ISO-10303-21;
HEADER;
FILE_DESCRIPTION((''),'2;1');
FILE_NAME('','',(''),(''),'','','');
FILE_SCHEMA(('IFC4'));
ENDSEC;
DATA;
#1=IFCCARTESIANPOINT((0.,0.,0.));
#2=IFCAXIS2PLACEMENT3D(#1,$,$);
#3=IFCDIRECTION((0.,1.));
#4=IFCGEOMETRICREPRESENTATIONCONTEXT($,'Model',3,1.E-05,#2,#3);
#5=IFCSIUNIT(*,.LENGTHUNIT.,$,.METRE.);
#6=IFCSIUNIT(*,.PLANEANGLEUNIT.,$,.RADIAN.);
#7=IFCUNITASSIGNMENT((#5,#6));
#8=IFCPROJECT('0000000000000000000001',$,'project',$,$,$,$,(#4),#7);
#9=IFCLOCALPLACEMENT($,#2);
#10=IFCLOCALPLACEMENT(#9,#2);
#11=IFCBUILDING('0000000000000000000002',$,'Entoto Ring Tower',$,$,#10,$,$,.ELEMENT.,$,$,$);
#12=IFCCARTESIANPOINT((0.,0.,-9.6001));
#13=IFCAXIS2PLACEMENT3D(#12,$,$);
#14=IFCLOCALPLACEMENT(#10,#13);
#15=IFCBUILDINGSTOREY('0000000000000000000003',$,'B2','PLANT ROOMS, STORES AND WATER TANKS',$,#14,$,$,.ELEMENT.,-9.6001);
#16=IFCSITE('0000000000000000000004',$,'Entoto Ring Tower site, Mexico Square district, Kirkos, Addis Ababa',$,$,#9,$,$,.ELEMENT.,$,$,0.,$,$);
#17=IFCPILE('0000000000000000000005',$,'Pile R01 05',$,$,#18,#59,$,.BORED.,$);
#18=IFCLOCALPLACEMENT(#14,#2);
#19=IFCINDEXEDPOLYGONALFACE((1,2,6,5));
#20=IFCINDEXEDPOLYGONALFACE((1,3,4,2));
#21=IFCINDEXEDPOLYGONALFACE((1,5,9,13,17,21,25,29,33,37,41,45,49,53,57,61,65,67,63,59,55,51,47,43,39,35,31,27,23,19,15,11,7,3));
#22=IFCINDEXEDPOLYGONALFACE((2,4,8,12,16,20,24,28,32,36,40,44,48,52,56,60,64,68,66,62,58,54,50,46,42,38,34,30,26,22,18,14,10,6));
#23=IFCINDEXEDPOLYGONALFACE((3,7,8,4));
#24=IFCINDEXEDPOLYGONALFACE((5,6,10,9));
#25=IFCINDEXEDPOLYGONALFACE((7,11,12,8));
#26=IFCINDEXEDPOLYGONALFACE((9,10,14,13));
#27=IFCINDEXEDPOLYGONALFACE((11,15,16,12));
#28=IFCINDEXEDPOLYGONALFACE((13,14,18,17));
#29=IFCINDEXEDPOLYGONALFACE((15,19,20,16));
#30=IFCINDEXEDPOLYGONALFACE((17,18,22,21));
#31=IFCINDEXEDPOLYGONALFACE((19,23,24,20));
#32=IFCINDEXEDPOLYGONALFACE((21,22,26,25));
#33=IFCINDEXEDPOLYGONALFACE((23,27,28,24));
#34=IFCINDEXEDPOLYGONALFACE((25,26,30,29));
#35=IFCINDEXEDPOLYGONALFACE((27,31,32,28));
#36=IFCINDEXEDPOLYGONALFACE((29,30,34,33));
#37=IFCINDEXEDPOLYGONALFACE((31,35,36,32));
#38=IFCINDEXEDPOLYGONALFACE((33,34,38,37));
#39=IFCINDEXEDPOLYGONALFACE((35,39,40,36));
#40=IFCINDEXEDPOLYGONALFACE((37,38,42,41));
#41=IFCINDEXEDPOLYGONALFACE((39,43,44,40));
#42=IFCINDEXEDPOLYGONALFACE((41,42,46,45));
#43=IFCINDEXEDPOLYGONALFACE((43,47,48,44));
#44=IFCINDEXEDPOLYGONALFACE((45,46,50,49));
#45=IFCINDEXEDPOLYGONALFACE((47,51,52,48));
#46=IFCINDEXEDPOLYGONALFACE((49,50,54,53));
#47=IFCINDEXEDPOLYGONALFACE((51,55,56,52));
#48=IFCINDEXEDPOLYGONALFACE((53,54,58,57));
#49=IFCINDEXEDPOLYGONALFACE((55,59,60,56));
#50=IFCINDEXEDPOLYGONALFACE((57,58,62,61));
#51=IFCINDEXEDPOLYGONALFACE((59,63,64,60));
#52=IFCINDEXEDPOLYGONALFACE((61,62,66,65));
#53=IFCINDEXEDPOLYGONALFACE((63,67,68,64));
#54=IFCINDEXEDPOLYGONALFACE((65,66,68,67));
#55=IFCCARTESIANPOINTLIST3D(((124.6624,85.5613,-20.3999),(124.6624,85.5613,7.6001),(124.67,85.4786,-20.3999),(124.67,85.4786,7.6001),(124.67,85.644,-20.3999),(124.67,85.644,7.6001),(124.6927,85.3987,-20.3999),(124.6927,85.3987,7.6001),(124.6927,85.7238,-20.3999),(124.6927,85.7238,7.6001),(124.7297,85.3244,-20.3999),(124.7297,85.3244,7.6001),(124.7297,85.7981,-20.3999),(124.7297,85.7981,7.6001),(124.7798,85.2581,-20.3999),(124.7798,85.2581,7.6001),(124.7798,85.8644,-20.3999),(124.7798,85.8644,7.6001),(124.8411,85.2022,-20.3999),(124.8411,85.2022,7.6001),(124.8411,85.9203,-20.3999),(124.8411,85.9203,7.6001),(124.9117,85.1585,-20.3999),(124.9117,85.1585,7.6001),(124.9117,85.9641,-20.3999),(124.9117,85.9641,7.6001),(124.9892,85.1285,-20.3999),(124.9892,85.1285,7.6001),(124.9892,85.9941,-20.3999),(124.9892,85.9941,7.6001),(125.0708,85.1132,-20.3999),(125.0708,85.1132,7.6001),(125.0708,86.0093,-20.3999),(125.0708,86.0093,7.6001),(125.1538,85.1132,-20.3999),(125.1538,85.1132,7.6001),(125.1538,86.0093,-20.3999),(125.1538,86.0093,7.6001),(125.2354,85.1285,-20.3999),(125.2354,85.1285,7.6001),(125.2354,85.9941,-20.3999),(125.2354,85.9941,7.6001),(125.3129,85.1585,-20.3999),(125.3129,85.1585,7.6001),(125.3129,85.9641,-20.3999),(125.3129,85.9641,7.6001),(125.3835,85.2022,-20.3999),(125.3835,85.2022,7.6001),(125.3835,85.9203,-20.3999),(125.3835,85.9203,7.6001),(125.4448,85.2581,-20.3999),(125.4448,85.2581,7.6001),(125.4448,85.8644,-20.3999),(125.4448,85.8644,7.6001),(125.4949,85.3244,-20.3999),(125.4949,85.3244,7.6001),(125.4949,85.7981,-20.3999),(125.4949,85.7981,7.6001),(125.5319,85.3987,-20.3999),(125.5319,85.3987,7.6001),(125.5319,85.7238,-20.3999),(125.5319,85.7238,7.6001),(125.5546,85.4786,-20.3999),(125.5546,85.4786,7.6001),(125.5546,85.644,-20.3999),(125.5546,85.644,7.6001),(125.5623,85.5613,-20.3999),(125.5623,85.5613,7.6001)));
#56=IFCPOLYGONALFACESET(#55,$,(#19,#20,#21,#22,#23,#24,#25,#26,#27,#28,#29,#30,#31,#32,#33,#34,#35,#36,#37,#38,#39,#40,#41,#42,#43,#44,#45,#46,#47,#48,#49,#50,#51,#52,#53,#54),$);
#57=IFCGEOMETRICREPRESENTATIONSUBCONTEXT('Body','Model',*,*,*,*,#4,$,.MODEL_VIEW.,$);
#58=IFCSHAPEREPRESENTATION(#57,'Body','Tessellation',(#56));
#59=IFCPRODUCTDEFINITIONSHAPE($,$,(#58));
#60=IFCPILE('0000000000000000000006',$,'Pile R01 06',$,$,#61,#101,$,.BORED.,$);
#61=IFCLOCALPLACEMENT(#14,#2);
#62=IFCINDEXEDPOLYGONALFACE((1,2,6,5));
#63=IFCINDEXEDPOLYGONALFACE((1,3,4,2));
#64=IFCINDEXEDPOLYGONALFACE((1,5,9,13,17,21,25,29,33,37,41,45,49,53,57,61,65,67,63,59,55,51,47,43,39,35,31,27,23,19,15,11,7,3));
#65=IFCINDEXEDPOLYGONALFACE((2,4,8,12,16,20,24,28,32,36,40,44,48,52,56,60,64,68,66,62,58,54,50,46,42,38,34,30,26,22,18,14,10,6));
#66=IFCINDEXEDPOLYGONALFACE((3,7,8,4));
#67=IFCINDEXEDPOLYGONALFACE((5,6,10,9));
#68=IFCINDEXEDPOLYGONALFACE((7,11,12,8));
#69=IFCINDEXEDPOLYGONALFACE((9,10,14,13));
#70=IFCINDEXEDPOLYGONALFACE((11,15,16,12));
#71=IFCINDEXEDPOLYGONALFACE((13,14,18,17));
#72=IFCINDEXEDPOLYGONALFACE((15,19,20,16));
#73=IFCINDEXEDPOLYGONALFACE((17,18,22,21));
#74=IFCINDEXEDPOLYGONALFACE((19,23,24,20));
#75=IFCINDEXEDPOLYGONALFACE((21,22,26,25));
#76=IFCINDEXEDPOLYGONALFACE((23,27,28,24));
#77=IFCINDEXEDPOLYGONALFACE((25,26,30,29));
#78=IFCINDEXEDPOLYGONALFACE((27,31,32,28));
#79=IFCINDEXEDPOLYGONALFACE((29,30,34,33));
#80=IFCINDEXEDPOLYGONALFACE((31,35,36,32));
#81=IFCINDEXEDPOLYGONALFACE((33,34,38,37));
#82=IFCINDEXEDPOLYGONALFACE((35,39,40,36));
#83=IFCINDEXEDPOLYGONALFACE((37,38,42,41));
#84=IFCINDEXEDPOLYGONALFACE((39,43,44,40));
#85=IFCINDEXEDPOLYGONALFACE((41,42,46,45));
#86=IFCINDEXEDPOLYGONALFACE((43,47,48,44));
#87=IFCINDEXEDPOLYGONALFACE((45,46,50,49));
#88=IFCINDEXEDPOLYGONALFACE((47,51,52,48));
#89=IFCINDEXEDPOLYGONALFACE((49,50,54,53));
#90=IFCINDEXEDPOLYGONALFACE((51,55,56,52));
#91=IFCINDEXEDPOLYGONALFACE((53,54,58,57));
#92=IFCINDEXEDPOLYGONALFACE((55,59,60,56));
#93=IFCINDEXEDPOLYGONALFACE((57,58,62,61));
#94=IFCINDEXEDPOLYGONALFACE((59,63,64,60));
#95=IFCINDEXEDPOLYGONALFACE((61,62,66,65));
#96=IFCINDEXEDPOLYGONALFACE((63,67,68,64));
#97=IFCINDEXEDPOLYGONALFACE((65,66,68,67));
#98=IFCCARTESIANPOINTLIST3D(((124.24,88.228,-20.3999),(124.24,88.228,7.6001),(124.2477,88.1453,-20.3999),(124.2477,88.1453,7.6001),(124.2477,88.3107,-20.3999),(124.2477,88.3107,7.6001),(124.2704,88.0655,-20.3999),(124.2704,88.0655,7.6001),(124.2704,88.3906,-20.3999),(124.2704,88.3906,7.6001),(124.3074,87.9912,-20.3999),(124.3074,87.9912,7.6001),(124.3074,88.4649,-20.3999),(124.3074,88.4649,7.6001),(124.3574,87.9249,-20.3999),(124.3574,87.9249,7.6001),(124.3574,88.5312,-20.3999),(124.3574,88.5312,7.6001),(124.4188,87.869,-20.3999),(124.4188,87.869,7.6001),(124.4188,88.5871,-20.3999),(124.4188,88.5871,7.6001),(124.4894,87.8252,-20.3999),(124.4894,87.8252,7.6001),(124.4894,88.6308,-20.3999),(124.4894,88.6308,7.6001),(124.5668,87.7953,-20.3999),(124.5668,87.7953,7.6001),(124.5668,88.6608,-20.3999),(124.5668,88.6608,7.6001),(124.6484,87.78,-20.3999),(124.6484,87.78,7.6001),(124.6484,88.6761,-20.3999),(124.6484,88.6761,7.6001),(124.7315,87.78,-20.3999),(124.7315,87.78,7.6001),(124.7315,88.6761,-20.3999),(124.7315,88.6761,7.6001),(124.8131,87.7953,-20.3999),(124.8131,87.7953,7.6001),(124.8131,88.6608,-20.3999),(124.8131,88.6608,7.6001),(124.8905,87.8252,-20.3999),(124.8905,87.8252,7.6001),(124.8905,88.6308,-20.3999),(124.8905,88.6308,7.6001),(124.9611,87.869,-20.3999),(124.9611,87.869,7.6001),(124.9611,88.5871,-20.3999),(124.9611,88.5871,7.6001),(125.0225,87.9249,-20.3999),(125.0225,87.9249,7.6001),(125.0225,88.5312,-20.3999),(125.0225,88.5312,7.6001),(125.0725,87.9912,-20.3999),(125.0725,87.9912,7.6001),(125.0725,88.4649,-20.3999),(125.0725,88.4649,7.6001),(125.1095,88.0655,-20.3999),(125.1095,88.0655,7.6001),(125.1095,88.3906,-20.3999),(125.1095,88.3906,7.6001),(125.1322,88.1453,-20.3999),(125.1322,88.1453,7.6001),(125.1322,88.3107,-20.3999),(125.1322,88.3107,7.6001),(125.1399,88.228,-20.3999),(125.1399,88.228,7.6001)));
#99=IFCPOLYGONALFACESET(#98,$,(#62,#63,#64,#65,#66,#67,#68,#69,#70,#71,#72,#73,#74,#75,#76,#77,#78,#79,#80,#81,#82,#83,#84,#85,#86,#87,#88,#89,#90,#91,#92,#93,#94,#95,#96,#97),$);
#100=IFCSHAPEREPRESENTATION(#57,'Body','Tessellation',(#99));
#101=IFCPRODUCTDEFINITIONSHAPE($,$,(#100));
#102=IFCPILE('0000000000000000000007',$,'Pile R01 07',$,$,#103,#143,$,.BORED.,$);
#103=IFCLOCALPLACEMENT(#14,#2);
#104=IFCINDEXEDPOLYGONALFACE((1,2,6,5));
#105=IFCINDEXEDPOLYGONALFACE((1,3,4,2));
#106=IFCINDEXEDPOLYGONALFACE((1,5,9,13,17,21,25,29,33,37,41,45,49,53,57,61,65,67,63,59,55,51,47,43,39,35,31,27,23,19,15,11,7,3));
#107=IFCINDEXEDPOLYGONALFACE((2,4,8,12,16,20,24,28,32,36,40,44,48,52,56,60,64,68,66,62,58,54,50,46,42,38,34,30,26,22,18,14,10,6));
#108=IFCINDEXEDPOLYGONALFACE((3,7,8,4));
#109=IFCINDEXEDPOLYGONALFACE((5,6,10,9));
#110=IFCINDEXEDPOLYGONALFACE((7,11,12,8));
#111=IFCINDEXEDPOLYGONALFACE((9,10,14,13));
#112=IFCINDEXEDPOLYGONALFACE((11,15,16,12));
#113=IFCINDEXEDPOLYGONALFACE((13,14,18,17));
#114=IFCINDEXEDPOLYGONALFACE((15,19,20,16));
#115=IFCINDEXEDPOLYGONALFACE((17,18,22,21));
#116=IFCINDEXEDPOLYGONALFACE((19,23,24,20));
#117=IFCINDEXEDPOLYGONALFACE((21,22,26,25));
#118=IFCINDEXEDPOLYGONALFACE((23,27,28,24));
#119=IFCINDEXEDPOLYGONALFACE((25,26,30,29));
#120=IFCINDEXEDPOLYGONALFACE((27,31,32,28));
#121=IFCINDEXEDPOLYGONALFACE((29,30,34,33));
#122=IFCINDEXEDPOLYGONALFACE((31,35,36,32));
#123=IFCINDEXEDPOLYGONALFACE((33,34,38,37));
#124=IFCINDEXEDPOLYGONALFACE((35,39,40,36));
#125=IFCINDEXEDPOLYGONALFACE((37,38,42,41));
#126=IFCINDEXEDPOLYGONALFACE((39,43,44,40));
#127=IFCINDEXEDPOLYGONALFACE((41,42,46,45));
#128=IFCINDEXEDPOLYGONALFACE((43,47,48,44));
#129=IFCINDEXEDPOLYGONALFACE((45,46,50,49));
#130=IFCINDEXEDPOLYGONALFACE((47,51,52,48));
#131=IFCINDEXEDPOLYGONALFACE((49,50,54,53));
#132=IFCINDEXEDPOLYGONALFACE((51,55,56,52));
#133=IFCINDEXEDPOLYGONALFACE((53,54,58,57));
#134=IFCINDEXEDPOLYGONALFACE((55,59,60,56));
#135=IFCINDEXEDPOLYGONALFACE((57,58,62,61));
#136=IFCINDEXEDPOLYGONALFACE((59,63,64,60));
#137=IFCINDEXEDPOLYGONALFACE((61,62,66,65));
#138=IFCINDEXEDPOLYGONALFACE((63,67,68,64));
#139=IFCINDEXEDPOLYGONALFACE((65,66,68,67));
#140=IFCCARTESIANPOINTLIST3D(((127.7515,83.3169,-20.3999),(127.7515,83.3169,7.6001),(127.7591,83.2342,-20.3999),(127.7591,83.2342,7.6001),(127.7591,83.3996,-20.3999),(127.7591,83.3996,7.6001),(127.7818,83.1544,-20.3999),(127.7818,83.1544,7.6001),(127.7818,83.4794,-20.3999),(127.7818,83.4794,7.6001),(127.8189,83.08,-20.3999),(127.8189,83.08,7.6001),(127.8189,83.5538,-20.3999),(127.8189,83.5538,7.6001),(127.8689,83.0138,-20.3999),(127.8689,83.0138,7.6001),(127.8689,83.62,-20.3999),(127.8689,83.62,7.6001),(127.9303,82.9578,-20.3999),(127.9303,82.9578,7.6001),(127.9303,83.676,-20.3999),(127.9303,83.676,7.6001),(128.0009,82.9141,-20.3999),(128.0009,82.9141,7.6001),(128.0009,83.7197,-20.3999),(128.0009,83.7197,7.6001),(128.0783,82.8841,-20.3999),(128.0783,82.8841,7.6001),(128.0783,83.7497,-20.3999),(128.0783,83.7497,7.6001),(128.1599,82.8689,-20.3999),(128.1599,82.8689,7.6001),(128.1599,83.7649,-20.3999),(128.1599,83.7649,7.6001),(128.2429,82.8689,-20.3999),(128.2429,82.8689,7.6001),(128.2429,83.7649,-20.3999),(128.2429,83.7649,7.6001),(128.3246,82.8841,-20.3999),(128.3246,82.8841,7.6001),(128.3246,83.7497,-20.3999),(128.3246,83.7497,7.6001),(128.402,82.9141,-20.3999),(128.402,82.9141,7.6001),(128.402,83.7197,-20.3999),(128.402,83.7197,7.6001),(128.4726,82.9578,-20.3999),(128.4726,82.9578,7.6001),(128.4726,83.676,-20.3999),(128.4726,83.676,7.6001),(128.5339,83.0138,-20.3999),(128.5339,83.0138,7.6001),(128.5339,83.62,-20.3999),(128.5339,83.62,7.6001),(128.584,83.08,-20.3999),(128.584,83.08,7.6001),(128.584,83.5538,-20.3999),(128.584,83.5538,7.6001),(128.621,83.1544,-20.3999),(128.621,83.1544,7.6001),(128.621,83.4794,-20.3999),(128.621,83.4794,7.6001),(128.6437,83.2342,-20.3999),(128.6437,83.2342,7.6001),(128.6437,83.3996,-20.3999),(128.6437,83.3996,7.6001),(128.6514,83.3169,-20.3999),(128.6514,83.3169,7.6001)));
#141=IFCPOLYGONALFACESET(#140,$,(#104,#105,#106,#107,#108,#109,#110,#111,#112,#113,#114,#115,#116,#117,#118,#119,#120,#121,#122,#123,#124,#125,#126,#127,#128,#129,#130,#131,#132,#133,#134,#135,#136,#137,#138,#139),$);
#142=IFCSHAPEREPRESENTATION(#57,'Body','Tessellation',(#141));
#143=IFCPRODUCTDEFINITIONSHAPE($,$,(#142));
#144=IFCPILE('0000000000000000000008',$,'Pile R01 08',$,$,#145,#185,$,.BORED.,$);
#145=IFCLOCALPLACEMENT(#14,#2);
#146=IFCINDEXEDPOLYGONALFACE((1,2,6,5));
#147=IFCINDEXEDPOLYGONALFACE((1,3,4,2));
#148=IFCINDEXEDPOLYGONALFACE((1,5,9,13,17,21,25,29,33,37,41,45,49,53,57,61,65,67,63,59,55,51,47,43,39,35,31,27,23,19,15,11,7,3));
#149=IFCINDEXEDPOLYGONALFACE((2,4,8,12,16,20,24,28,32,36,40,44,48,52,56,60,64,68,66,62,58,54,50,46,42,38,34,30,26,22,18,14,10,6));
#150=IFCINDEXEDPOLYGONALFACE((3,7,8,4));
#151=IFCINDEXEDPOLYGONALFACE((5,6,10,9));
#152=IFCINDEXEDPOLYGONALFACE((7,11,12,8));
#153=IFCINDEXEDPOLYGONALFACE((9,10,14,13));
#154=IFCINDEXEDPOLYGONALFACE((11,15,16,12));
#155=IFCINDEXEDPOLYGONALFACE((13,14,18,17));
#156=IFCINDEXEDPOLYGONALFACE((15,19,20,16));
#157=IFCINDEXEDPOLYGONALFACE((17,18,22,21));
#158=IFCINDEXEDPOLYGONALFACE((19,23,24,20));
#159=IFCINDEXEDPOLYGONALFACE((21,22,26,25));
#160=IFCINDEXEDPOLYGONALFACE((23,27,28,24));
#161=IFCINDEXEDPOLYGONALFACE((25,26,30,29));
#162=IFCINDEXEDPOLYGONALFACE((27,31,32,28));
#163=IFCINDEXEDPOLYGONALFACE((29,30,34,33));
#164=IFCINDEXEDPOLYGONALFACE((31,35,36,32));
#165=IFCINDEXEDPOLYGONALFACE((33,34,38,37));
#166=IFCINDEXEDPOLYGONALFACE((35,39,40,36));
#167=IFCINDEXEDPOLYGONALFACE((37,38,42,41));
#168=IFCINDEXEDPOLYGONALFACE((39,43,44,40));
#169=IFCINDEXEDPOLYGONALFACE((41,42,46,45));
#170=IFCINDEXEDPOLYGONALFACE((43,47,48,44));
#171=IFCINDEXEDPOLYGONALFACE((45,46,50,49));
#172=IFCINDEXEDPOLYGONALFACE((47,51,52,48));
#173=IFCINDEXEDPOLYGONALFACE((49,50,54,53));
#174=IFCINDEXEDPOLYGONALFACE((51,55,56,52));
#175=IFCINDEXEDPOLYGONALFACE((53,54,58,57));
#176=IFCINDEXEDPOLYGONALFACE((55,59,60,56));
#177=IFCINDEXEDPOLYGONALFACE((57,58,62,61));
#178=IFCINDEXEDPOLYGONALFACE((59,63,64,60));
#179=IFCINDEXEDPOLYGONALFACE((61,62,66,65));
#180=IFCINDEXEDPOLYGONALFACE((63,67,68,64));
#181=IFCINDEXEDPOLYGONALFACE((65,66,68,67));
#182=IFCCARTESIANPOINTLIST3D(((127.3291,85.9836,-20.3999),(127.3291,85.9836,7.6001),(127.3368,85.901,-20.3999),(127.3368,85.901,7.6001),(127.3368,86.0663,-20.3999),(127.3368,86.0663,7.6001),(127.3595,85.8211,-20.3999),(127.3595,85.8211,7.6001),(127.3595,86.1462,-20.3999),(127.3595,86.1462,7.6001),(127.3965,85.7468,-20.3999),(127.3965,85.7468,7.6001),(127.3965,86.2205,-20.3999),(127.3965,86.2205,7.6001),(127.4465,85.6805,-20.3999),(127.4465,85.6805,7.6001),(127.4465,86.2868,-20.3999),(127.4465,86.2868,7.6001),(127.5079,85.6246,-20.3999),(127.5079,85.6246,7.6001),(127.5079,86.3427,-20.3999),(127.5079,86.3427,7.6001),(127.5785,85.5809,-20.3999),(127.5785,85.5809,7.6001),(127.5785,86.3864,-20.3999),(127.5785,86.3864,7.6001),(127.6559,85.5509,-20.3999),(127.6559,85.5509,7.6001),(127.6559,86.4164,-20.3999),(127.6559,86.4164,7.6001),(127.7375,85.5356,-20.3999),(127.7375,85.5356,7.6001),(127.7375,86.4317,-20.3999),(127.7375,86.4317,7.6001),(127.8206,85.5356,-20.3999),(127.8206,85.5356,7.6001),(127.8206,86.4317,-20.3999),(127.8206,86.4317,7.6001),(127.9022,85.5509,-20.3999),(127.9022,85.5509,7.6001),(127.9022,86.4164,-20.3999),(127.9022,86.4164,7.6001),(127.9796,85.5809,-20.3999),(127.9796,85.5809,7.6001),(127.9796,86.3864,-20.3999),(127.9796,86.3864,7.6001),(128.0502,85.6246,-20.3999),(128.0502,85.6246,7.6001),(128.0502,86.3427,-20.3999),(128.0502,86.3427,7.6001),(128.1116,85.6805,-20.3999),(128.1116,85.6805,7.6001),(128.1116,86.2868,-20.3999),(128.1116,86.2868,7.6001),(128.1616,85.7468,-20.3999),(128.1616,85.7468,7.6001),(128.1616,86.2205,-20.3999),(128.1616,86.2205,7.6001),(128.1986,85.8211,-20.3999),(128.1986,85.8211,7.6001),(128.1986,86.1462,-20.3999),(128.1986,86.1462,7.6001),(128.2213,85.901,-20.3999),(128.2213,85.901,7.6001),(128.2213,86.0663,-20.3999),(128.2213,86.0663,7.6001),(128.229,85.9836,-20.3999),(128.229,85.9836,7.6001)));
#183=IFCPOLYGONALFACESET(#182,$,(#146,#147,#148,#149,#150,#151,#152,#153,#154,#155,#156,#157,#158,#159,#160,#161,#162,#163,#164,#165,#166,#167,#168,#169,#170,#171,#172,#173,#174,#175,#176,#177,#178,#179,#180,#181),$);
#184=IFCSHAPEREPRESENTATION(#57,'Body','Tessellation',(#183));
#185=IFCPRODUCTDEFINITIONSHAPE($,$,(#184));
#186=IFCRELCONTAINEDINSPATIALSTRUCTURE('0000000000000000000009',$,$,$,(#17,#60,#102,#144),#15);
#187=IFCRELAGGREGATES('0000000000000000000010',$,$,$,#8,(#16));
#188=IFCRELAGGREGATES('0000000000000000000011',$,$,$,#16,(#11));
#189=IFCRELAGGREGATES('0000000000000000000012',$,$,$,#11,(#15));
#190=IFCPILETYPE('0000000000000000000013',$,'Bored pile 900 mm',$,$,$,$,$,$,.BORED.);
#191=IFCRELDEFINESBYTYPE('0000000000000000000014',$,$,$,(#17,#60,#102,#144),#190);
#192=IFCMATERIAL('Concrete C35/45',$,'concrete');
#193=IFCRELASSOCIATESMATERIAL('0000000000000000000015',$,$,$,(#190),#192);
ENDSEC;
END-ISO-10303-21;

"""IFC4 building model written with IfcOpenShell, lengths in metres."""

from ifc_helpers import new_model, si_unit, direction, frame, origin, origin_2d, place, context, subcontext, project, spatial, circle, extrude, material, material_profile, profile_set, type_object, element, save


model = new_model("IFC4")

# Units and contexts
model_context = context("Model", 3, precision=1e-05, world=origin(), true_north=direction((0.0, 1.0)))
body_context = subcontext(model_context, "Body", "Model", "MODEL_VIEW")
ifc_project = project(units=[si_unit("LENGTHUNIT", "METRE"), si_unit("PLANEANGLEUNIT", "RADIAN")], contexts=[model_context])

# Site, building, storey
site_placement = place(None, origin())
site = spatial("IfcSite", under=ifc_project, at=site_placement, Name="Entoto Ring Tower site, Mexico Square district, Kirkos, Addis Ababa", CompositionType="ELEMENT", RefElevation=0.0)
building_placement = place(site_placement, origin())
building = spatial("IfcBuilding", under=site, at=building_placement, Name="Entoto Ring Tower", CompositionType="ELEMENT")
storey_placement = place(building_placement, frame((0.0, 0.0, -9.6001)))
storey = spatial("IfcBuildingStorey", under=building, at=storey_placement, Name="B2", Description="PLANT ROOMS, STORES AND WATER TANKS", CompositionType="ELEMENT", Elevation=-9.6001)

# Piles
ifc_material_1 = material(Name="Concrete C35/45", Category="concrete")
ifc_material_profile_1 = material_profile(ifc_material_1, circle(Radius=0.45, at=origin_2d()), Name="Bored pile 900 mm")
ifc_profile_set_1 = profile_set([ifc_material_profile_1], Name="Concrete C35/45")
pile_type_1 = type_object("IfcPileType", Name="Bored pile 900 mm", PredefinedType="BORED", material=ifc_profile_set_1)
for number, where, z_axis, x_axis, name in (
    (1, (125.1123, 85.5613, 7.6001), (0.0, 0.0, -1.0), (1.0, 0.0, 0.0), "Pile R01 05"),
    (2, (124.6899, 88.228, 7.6001), (0.0, 0.0, -1.0), (1.0, 0.0, 0.0), "Pile R01 06"),
    (3, (128.2014, 83.3169, 7.6001), (0.0, 0.0, -1.0), (1.0, 0.0, 0.0), "Pile R01 07"),
    (4, (127.7791, 85.9836, 7.6001), (0.0, 0.0, -1.0), (1.0, 0.0, 0.0), "Pile R01 08"),
):
    element("IfcPile", number, at=place(storey_placement, frame(where, z_axis=z_axis, x_axis=x_axis)), inside=storey, type_object=pile_type_1, Name=name, PredefinedType="BORED", context=body_context, shape_type="SweptSolid", body=[
        extrude(circle(Radius=0.45, at=origin_2d()), origin(), (0.0, 0.0, 1.0), 28.0),
    ])

save(model, "model.ifc")
